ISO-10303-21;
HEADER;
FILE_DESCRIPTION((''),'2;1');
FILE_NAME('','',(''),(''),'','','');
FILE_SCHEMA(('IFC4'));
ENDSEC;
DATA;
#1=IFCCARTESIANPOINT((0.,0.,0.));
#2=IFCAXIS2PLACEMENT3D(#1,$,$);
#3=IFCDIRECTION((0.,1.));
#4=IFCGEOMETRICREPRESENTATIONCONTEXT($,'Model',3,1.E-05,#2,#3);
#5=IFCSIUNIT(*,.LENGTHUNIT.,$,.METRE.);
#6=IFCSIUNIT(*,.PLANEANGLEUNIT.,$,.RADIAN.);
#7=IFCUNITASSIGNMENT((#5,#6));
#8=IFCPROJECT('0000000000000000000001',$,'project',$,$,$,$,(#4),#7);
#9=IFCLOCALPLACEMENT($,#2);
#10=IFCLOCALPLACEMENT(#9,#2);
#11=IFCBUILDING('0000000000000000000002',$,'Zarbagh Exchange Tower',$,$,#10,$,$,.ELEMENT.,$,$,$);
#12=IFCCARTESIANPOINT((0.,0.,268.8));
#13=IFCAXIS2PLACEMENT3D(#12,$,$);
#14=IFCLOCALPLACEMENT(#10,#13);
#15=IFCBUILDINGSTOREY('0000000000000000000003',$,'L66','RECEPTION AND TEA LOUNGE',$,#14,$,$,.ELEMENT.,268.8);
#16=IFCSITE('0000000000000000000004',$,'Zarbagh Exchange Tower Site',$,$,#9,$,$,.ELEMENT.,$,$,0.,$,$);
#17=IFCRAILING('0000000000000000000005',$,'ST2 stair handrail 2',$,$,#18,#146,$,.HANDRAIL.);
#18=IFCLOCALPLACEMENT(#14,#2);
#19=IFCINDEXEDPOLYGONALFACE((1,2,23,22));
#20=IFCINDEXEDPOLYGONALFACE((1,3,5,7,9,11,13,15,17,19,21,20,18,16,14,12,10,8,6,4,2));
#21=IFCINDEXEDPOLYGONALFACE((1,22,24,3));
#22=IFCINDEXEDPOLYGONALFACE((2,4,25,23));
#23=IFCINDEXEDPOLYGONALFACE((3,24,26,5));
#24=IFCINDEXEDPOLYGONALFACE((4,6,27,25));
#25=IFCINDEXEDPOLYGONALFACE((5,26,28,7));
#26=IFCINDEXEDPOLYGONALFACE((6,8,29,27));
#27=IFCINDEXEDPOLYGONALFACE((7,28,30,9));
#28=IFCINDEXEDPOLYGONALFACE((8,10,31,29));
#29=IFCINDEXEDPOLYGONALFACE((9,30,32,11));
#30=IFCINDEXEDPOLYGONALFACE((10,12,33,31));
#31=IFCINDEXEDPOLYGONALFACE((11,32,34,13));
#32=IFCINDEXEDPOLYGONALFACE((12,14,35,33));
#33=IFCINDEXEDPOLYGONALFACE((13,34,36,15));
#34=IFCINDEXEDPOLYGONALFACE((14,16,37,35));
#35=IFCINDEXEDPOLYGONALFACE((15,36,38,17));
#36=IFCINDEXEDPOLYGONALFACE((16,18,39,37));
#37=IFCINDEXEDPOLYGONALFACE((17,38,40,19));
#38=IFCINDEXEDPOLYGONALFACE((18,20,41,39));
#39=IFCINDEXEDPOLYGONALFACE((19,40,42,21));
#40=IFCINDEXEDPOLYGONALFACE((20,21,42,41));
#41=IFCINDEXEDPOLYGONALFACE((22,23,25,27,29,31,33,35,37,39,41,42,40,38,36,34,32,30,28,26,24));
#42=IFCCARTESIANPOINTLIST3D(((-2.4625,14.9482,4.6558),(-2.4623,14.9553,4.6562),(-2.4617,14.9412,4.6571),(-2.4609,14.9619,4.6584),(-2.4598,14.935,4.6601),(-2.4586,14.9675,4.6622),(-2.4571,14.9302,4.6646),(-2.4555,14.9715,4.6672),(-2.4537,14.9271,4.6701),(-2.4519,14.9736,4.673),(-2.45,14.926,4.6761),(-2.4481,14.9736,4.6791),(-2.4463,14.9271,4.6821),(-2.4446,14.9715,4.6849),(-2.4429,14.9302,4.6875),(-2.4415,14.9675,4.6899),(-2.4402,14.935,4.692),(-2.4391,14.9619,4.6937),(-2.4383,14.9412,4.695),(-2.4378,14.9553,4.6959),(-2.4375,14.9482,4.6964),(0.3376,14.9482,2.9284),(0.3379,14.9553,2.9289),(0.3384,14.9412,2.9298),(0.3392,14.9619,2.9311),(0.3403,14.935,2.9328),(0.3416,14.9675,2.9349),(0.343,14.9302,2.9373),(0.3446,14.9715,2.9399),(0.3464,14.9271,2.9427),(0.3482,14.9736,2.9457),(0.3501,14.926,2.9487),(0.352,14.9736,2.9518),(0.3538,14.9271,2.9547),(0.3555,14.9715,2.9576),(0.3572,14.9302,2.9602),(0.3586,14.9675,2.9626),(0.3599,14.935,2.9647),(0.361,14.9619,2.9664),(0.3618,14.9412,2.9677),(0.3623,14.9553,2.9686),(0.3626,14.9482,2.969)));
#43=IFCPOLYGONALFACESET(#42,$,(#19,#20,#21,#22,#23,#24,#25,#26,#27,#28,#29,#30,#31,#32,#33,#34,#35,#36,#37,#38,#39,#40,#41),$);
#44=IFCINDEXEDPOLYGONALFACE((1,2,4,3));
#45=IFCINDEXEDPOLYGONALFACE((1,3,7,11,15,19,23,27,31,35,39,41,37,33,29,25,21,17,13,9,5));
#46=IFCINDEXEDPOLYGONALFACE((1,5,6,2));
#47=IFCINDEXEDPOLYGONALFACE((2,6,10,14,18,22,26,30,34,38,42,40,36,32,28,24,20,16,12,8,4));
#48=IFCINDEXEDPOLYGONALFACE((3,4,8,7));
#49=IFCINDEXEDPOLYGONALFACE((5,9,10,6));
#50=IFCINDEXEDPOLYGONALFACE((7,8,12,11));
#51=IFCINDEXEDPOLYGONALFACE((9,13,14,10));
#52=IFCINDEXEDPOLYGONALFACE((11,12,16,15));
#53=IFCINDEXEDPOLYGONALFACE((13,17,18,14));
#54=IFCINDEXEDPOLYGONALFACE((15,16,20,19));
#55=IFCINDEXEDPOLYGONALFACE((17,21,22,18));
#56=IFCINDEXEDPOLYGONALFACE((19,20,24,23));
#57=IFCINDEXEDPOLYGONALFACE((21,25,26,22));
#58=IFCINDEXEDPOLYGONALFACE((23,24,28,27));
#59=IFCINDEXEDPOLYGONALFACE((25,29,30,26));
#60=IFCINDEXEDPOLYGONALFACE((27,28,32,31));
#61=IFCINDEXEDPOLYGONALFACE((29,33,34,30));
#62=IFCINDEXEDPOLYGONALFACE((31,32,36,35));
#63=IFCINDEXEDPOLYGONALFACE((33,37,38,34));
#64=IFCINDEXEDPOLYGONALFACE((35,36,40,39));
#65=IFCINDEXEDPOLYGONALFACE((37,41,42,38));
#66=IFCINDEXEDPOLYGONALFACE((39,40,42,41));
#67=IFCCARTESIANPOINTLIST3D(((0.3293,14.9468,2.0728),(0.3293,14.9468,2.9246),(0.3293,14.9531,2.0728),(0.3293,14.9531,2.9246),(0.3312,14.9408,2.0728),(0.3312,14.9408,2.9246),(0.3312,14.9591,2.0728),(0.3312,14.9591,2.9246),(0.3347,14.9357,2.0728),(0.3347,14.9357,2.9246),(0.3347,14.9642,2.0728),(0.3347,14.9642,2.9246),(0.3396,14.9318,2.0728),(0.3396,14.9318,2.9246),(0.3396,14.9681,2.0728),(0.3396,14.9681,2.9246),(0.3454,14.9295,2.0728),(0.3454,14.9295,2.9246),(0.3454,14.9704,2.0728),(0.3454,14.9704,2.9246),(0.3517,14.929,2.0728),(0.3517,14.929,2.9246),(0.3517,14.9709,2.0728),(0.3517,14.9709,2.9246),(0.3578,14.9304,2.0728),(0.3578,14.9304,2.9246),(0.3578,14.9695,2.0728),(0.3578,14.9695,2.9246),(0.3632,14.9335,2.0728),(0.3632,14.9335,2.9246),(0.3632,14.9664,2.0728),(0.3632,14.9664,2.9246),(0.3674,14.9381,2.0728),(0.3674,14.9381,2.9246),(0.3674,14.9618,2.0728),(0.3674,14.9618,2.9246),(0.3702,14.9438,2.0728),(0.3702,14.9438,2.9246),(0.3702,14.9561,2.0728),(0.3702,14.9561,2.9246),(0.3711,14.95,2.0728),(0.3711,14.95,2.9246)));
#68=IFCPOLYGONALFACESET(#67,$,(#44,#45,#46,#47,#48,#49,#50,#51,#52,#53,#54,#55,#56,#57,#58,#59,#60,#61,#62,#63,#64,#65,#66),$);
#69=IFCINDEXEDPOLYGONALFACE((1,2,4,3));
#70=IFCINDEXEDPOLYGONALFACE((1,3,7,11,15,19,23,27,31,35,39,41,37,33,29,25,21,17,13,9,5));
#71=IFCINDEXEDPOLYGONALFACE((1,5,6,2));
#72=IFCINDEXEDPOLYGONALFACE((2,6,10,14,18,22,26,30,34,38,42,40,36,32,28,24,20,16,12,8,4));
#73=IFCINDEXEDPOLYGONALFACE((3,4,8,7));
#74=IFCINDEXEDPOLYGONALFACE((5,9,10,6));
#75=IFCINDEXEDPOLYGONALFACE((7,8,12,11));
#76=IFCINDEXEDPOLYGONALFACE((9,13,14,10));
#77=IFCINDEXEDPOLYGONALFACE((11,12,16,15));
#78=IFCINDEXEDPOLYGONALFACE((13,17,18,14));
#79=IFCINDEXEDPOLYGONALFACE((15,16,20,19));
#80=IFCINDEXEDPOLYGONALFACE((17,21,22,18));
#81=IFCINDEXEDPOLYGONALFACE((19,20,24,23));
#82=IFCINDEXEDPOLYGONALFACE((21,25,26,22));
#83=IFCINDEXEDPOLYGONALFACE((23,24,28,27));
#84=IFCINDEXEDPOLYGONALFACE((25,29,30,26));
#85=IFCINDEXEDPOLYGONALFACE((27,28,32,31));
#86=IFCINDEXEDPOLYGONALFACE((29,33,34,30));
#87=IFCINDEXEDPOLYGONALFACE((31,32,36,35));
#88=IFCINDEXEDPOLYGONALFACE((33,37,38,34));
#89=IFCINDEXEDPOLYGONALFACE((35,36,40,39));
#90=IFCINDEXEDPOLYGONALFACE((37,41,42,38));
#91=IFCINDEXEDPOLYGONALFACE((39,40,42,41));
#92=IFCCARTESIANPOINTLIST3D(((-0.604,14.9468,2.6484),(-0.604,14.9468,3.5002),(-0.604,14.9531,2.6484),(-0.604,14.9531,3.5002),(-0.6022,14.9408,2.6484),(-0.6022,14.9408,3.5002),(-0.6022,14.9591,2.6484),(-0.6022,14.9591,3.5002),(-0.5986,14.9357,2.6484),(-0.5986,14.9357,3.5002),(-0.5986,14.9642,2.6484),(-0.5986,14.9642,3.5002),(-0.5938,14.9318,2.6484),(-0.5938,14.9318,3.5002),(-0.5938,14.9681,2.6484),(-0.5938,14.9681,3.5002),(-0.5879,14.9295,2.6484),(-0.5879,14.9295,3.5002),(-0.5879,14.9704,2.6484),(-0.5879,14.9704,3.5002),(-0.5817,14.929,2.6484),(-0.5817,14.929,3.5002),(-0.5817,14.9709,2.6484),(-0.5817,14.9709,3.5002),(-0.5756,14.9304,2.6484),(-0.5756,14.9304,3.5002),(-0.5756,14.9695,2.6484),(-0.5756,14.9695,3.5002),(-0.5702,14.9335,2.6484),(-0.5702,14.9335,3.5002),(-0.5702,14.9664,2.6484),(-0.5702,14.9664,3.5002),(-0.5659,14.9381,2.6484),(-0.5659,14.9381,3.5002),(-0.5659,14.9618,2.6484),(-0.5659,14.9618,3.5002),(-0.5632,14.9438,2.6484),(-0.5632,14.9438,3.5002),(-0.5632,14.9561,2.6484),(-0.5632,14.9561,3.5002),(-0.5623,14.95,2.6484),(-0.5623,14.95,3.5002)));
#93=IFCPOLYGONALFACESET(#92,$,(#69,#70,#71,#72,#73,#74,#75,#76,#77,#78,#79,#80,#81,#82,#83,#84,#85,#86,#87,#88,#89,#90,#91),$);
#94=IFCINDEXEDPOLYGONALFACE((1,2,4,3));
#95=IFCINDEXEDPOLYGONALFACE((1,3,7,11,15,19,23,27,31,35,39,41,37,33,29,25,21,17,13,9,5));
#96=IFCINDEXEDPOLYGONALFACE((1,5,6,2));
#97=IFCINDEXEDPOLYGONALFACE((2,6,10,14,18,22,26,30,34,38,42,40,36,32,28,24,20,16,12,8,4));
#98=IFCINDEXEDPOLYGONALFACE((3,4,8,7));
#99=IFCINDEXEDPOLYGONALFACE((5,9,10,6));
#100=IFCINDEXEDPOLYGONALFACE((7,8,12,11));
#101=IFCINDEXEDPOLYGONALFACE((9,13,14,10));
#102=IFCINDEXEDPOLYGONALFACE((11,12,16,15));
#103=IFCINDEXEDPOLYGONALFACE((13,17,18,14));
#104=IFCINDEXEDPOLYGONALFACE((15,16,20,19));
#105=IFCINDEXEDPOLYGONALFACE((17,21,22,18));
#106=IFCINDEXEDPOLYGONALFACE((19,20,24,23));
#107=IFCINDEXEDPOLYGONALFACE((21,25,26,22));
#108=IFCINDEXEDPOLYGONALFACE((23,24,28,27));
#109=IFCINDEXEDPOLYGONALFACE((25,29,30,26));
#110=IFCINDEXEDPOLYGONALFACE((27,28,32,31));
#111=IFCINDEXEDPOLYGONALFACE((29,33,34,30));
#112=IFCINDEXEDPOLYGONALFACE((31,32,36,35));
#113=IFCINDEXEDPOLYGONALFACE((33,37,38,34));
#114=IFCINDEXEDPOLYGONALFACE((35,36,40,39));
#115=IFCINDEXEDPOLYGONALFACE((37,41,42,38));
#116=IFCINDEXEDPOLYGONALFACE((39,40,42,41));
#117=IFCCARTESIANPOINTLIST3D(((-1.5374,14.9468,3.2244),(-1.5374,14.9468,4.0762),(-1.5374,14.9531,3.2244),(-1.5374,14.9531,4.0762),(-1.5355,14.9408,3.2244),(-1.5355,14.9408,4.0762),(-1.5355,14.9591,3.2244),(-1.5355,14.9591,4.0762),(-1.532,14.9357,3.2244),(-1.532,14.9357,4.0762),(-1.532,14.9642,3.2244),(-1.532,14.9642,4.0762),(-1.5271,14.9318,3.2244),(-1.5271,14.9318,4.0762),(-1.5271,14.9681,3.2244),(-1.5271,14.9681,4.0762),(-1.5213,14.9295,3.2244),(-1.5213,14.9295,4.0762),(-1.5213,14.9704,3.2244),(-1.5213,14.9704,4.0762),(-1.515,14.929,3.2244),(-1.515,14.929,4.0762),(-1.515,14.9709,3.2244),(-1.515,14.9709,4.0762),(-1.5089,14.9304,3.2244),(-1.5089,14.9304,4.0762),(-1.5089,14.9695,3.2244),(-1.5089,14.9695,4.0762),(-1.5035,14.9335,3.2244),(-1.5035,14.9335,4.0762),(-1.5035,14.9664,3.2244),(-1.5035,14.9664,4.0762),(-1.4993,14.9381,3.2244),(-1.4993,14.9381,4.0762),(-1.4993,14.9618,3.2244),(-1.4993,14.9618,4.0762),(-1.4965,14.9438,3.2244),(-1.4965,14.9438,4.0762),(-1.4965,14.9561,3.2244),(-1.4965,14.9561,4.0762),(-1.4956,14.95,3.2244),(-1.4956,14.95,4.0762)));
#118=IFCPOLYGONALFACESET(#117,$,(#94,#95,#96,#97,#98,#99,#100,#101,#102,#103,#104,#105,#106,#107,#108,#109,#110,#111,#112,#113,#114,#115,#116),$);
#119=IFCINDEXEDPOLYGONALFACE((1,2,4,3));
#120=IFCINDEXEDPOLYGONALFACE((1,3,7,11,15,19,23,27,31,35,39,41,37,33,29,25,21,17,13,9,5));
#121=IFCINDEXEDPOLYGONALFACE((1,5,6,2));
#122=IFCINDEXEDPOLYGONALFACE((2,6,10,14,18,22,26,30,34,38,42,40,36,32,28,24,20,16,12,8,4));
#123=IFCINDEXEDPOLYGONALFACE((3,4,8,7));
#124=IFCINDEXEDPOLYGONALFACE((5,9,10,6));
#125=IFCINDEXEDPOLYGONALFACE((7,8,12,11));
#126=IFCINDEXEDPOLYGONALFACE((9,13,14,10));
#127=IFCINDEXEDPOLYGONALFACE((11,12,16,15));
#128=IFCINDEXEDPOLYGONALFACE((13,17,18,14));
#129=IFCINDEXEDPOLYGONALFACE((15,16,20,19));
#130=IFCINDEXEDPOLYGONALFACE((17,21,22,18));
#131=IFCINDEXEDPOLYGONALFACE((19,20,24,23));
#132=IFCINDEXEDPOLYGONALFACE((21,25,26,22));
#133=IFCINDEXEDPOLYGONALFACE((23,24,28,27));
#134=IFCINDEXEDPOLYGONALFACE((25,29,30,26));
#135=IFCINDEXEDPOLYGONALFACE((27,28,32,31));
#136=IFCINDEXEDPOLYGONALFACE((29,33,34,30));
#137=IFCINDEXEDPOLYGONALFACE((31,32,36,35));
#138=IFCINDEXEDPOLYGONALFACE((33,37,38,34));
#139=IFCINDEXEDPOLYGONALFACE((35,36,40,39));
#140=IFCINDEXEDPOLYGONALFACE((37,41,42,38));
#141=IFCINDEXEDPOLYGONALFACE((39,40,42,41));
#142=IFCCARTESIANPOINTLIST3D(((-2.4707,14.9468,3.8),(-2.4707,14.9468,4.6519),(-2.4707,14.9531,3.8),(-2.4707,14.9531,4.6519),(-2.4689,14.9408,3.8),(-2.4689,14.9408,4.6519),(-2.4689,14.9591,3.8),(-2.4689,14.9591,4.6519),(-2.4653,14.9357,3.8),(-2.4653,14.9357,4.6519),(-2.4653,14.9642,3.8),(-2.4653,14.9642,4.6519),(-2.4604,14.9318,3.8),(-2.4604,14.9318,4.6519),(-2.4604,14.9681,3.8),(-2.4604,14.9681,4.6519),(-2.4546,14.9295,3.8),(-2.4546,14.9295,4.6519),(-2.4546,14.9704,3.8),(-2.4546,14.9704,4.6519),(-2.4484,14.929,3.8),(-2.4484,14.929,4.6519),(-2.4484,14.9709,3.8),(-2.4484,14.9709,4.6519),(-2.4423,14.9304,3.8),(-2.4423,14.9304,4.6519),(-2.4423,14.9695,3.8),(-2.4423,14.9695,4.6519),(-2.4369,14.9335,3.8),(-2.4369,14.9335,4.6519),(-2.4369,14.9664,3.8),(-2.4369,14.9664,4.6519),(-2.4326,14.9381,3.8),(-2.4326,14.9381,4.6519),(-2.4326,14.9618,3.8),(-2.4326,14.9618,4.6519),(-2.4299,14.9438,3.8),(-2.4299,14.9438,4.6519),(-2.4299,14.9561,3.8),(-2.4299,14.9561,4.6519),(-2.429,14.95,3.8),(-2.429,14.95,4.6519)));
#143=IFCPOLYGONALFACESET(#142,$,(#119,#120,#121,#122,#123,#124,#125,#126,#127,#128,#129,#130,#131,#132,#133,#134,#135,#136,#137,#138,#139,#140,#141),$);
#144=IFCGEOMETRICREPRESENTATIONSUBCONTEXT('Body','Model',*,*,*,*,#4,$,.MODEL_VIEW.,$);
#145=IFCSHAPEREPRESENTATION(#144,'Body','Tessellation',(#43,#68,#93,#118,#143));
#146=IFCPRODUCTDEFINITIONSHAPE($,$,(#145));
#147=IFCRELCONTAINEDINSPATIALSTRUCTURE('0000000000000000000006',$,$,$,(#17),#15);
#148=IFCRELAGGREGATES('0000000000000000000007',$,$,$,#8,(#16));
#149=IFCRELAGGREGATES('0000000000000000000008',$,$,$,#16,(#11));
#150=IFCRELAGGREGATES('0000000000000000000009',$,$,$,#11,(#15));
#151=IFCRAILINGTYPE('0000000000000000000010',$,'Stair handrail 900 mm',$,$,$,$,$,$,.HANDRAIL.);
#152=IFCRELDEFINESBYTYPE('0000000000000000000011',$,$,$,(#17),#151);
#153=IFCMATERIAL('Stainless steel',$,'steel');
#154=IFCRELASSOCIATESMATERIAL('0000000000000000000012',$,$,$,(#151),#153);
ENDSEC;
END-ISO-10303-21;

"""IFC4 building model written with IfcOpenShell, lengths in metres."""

from ifc_helpers import new_model, si_unit, direction, frame, origin, origin_2d, place, context, subcontext, project, spatial, circle, extrude, material, type_object, element, save


model = new_model("IFC4")

# Units and contexts
model_context = context("Model", 3, precision=1e-05, world=origin(), true_north=direction((0.0, 1.0)))
body_context = subcontext(model_context, "Body", "Model", "MODEL_VIEW")
ifc_project = project(units=[si_unit("LENGTHUNIT", "METRE"), si_unit("PLANEANGLEUNIT", "RADIAN")], contexts=[model_context])

# Site, building, storey
site_placement = place(None, origin())
site = spatial("IfcSite", under=ifc_project, at=site_placement, Name="Zarbagh Exchange Tower Site", CompositionType="ELEMENT", RefElevation=0.0)
building_placement = place(site_placement, origin())
building = spatial("IfcBuilding", under=site, at=building_placement, Name="Zarbagh Exchange Tower", CompositionType="ELEMENT")
storey_placement = place(building_placement, frame((0.0, 0.0, 268.8)))
storey = spatial("IfcBuildingStorey", under=building, at=storey_placement, Name="L66", Description="RECEPTION AND TEA LOUNGE", CompositionType="ELEMENT", Elevation=268.8)

# Railing
ifc_material_1 = material(Name="Stainless steel", Category="steel")
railing_type_1 = type_object("IfcRailingType", Name="Stair handrail 900 mm", PredefinedType="HANDRAIL", material=ifc_material_1)
railing_1_placement = place(storey_placement, frame((0.3501, 14.95, 2.0728)))
element("IfcRailing", 1, at=railing_1_placement, inside=storey, type_object=railing_type_1, Name="ST2 stair handrail 2", PredefinedType="HANDRAIL", context=body_context, shape_type="SweptSolid", body=[
    extrude(circle(Radius=0.0239, at=origin_2d()), frame((0.0, 0.0, 0.876), z_axis=(-0.85109, 0.0, 0.52502), x_axis=(0.0, -1.0, 0.0)), (0.0, 0.0, 1.0), 3.29),
    extrude(circle(Radius=0.021, at=origin_2d()), origin(), (0.0, 0.0, 1.0), 0.8518),
    extrude(circle(Radius=0.021, at=origin_2d()), frame((-0.9333, 0.0, 0.5757)), (0.0, 0.0, 1.0), 0.8518),
    extrude(circle(Radius=0.021, at=origin_2d()), frame((-1.8667, 0.0, 1.1516)), (0.0, 0.0, 1.0), 0.8518),
    extrude(circle(Radius=0.021, at=origin_2d()), frame((-2.8, 0.0, 1.7273)), (0.0, 0.0, 1.0), 0.8518),
])

save(model, "model.ifc")
